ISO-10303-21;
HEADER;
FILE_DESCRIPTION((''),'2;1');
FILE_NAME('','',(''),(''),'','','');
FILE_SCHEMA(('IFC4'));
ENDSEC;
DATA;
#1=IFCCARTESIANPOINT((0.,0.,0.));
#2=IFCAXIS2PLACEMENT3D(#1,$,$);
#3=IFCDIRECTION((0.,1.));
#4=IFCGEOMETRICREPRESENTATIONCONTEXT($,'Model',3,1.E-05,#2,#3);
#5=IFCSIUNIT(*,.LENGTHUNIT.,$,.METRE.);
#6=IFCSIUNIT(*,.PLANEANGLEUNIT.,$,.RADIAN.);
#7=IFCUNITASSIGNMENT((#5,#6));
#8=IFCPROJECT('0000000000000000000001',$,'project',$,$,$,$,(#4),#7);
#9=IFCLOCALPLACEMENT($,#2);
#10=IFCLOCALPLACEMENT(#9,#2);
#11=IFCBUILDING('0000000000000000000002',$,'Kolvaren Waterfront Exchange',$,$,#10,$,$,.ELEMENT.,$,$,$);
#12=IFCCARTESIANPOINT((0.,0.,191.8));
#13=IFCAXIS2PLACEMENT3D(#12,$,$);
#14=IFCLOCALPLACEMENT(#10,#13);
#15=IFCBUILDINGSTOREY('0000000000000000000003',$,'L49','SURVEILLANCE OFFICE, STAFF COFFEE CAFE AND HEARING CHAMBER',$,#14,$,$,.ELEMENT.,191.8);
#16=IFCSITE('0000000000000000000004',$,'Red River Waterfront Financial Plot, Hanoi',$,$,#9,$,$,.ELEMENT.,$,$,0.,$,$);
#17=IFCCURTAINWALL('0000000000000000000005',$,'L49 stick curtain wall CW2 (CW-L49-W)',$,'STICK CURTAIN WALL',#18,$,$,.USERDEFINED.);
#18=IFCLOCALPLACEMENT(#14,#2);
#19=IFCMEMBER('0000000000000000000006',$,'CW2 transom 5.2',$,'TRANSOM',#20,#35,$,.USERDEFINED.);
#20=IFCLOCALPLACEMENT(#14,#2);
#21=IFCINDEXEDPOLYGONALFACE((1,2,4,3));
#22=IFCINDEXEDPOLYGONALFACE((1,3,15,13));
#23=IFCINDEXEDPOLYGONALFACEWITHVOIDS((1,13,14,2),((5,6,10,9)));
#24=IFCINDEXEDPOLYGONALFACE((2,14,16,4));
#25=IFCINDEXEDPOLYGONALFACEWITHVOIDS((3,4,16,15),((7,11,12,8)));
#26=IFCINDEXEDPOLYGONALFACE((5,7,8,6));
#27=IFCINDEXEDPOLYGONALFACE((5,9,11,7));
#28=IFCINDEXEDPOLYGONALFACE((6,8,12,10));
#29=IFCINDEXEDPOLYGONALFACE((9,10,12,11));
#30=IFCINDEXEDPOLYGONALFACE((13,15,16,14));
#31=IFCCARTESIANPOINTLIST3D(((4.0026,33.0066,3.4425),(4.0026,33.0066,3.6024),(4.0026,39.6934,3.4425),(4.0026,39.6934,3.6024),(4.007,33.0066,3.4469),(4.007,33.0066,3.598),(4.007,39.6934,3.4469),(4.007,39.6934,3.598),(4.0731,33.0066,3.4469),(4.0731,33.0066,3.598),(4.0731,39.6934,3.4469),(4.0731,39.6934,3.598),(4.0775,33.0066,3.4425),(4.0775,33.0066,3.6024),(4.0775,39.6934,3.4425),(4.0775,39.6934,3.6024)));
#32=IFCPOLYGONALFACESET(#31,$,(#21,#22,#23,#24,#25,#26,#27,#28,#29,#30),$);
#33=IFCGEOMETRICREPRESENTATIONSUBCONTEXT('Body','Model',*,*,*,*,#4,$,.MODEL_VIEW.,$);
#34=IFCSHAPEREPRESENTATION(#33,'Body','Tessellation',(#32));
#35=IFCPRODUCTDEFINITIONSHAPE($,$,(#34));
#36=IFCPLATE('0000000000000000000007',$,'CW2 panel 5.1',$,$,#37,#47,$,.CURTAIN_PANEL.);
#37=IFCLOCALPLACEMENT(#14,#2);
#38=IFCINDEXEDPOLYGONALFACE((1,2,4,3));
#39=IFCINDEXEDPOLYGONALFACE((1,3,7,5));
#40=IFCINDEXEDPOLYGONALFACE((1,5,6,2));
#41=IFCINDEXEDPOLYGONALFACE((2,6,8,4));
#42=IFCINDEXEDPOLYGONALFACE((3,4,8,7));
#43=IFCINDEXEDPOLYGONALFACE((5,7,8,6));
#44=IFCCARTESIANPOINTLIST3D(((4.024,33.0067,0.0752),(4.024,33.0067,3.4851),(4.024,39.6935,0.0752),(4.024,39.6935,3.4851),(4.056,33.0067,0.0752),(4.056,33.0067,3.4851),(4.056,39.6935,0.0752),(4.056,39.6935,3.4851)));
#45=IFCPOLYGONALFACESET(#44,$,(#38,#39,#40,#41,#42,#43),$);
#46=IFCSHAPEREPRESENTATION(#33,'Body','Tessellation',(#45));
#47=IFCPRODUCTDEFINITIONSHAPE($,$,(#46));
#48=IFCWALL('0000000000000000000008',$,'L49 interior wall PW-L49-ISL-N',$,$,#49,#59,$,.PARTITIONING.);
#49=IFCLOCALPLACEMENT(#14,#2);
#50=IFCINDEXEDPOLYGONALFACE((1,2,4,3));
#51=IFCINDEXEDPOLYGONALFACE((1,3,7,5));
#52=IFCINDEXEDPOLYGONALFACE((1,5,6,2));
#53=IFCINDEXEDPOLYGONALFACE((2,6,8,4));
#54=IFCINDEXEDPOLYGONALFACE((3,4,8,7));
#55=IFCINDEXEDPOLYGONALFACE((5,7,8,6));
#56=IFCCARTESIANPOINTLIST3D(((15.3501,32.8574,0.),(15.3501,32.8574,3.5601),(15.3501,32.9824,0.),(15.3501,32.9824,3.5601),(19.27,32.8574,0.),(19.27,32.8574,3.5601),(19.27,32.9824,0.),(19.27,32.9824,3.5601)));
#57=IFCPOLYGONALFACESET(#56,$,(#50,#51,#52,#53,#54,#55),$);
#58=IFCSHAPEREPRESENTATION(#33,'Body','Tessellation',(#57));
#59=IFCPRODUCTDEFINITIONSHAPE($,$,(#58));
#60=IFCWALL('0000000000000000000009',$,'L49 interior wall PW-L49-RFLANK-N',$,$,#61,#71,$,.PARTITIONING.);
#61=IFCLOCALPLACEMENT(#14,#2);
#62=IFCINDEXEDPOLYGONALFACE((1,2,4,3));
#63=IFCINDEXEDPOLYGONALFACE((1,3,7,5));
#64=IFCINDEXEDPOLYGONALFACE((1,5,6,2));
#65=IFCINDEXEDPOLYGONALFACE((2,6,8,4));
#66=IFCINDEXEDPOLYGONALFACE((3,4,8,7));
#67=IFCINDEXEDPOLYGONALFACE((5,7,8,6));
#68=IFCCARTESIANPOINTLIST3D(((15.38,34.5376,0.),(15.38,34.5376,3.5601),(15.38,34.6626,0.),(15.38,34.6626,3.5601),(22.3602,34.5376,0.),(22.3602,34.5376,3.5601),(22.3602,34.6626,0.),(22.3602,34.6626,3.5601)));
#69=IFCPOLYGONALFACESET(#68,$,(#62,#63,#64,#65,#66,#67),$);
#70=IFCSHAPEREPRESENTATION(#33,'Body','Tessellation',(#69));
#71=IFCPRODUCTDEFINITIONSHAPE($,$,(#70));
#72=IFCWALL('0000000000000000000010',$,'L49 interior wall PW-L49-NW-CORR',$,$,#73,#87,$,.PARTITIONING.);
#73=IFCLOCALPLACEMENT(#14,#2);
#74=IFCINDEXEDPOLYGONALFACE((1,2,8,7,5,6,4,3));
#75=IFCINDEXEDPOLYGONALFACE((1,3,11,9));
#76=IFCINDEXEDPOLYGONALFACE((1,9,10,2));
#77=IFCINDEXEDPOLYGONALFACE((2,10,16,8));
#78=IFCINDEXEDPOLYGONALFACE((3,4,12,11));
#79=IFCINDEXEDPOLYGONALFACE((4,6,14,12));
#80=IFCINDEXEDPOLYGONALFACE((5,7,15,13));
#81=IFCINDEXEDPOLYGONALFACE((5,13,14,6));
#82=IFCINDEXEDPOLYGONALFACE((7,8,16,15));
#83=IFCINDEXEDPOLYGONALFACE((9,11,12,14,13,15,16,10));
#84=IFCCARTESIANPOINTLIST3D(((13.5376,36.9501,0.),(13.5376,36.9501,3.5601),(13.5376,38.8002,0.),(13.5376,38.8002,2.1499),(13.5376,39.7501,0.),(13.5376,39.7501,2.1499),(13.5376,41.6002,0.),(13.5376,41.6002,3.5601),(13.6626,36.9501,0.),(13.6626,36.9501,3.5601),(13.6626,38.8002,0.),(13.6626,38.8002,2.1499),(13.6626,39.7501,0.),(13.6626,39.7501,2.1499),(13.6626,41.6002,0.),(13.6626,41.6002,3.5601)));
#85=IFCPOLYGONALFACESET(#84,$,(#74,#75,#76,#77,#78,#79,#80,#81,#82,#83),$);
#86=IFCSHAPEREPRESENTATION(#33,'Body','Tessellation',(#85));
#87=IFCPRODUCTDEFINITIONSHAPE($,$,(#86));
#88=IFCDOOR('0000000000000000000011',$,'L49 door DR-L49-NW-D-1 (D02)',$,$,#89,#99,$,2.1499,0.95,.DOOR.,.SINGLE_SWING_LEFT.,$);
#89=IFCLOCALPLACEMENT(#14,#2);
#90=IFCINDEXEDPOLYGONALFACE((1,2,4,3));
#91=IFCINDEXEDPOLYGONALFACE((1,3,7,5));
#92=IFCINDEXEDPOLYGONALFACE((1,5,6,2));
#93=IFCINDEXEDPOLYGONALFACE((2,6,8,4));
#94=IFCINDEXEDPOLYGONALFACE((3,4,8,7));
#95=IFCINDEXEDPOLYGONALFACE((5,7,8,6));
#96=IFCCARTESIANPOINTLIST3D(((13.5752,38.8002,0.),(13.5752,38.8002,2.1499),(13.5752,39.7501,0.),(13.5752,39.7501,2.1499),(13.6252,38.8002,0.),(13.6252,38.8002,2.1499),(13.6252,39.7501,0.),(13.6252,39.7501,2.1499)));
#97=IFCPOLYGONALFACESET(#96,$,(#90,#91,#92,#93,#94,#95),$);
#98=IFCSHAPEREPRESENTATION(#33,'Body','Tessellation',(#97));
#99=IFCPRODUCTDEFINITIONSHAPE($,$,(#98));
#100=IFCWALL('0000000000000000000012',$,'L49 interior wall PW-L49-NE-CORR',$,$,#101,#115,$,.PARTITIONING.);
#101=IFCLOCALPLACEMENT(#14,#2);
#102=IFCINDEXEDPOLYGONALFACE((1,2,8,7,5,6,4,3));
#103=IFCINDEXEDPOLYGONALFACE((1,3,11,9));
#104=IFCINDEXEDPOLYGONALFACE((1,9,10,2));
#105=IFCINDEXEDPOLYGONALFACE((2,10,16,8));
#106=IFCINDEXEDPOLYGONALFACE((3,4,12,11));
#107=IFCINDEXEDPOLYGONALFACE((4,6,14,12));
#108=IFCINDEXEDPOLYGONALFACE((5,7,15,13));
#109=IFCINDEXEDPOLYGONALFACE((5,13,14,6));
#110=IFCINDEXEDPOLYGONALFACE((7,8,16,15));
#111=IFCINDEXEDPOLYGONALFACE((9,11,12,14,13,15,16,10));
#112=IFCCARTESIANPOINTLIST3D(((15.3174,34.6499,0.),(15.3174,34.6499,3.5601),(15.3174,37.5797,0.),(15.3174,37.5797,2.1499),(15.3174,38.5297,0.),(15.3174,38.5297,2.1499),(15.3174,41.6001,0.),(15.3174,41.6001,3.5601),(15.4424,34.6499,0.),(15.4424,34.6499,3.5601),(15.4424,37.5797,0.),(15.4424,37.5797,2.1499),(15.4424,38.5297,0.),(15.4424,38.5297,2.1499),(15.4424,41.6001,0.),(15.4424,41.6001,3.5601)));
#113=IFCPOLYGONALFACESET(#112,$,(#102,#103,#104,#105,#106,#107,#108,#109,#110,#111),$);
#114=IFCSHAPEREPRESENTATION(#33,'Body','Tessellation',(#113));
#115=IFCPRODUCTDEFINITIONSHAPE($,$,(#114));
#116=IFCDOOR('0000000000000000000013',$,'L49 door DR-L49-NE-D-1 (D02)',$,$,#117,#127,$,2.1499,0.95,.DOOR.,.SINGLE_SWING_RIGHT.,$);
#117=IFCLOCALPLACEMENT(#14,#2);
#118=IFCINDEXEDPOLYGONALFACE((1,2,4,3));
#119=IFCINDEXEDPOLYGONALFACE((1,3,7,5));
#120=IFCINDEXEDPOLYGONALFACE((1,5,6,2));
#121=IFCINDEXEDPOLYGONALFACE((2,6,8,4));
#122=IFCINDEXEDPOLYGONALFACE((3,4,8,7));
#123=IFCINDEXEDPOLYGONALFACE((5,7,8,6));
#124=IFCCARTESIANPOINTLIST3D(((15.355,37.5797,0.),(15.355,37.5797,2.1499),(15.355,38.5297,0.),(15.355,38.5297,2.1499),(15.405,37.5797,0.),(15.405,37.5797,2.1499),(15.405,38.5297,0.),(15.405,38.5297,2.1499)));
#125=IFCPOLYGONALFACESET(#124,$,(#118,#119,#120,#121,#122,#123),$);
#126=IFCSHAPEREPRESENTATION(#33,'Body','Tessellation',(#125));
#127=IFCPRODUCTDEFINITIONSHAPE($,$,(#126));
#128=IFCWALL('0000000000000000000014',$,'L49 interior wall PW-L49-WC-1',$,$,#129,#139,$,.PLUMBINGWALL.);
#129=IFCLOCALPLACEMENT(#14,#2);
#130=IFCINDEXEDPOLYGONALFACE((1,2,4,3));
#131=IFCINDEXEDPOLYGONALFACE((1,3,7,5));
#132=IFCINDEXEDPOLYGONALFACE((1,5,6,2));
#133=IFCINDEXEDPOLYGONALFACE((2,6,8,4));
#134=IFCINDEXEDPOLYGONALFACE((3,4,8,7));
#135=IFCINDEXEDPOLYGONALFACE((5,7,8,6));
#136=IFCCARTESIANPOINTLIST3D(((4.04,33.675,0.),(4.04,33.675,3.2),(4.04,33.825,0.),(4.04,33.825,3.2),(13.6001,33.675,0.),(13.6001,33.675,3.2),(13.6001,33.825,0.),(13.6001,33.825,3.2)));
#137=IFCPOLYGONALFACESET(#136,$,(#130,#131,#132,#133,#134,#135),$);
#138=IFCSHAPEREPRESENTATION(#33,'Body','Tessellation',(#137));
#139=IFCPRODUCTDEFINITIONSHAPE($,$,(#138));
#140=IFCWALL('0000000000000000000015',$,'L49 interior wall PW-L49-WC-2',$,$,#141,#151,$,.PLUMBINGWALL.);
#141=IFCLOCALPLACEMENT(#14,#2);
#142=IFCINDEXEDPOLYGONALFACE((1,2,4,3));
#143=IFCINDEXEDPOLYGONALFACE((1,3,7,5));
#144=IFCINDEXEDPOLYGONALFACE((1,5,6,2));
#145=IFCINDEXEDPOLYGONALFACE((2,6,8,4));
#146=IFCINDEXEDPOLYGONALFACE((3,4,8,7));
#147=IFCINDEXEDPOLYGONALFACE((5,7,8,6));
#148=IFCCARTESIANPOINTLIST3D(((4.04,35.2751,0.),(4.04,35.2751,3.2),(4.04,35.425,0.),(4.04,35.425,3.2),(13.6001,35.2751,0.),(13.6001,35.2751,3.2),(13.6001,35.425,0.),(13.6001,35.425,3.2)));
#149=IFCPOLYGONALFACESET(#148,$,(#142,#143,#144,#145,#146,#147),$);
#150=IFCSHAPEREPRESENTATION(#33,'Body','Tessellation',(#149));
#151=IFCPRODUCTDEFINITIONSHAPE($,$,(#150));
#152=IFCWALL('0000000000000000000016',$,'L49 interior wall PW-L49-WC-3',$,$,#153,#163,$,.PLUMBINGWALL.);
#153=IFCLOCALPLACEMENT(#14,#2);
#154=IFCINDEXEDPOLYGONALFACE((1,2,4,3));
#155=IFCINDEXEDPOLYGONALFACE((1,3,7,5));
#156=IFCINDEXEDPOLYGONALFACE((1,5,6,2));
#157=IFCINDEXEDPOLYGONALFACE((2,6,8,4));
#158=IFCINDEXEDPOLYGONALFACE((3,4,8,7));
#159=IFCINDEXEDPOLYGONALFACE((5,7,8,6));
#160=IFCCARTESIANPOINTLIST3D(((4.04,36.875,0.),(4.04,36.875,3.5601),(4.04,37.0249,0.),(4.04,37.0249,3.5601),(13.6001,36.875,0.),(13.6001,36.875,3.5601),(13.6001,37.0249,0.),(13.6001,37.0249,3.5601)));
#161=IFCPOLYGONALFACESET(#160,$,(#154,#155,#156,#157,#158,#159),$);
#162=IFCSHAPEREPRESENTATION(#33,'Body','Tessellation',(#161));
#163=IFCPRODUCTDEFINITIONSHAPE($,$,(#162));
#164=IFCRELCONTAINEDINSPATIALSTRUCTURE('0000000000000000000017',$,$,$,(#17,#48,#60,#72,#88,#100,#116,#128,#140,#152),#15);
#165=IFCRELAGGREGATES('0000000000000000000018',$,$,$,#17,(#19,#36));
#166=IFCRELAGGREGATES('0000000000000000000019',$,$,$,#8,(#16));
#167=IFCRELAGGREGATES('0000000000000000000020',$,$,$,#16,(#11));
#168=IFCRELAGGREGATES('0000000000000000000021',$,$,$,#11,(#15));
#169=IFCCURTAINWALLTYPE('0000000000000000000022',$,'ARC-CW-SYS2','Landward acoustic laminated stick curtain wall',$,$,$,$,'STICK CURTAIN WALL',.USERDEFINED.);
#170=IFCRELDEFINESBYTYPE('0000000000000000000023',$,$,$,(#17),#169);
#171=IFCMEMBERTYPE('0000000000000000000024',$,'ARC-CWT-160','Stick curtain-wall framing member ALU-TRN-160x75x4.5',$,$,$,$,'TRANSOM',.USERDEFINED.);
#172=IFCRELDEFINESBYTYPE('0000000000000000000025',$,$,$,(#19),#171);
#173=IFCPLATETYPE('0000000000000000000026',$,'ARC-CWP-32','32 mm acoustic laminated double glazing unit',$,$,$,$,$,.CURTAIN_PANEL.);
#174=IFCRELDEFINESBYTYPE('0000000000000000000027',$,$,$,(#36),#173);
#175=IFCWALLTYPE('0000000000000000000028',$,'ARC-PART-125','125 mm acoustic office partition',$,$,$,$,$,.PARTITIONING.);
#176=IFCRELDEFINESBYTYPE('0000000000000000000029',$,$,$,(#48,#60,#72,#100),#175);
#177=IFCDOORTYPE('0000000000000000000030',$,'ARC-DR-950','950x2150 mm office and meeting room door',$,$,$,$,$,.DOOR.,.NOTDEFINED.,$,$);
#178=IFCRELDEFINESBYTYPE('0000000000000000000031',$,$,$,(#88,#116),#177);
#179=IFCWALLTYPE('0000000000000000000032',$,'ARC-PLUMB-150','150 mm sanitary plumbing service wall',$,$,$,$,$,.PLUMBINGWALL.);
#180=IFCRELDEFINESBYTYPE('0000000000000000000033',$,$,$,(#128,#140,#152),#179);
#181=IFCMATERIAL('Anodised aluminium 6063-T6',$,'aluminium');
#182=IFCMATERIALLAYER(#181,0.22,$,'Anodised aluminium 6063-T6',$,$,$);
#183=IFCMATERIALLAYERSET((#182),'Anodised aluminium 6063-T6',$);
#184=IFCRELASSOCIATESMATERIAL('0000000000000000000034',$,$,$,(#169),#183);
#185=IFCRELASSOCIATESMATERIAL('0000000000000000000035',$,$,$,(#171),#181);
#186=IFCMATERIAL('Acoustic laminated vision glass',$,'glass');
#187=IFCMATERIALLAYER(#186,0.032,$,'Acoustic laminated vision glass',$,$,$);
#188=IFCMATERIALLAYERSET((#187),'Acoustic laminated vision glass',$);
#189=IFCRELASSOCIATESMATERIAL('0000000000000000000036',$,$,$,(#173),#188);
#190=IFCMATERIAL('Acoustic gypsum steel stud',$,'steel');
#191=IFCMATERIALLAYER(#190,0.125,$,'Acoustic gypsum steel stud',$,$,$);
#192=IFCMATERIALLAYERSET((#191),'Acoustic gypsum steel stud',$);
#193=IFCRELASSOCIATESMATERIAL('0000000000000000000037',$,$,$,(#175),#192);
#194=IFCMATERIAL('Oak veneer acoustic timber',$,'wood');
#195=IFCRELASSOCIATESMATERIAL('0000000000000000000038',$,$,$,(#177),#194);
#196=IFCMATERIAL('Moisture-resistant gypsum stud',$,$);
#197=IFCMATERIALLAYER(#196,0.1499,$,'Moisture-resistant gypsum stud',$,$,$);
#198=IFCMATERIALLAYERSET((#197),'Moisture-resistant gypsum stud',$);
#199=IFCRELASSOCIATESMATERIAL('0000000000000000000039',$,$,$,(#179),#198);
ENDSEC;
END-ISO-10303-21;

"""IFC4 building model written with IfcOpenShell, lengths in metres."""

from ifc_helpers import new_model, si_unit, direction, frame, frame_2d, origin, origin_with_axes, origin_2d, place, context, subcontext, project, spatial, rectangle, hollow_rectangle, extrude, source, transform, mapped, material, layer, layer_set, material_profile, profile_set, type_object, element, fill, aggregate, save


model = new_model("IFC4")

# Units and contexts
model_context = context("Model", 3, precision=1e-05, world=origin(), true_north=direction((0.0, 1.0)))
body_context = subcontext(model_context, "Body", "Model", "MODEL_VIEW")
ifc_project = project(units=[si_unit("LENGTHUNIT", "METRE"), si_unit("PLANEANGLEUNIT", "RADIAN")], contexts=[model_context])

# Site, building, storey
site_placement = place(None, origin())
site = spatial("IfcSite", under=ifc_project, at=site_placement, Name="Red River Waterfront Financial Plot, Hanoi", CompositionType="ELEMENT", RefElevation=0.0)
building_placement = place(site_placement, origin())
building = spatial("IfcBuilding", under=site, at=building_placement, Name="Kolvaren Waterfront Exchange", CompositionType="ELEMENT")
storey_placement = place(building_placement, frame((0.0, 0.0, 191.8)))
storey = spatial("IfcBuildingStorey", under=building, at=storey_placement, Name="L49", Description="SURVEILLANCE OFFICE, STAFF COFFEE CAFE AND HEARING CHAMBER", CompositionType="ELEMENT", Elevation=191.8)

# Curtain wall, member, plate
ifc_material_1 = material(Name="Anodised aluminium 6063-T6", Category="aluminium")
ifc_layer_1 = layer(ifc_material_1, 0.22, Name="Anodised aluminium 6063-T6")
ifc_layer_set_1 = layer_set([ifc_layer_1], Name="Anodised aluminium 6063-T6")
curtain_wall_type = type_object("IfcCurtainWallType", Name="ARC-CW-SYS2", Description="Landward acoustic laminated stick curtain wall", ElementType="STICK CURTAIN WALL", PredefinedType="USERDEFINED", material=ifc_layer_set_1)
curtain_wall_placement = place(storey_placement, origin())
curtain_wall = element("IfcCurtainWall", 1, at=curtain_wall_placement, inside=storey, type_object=curtain_wall_type, Name="L49 stick curtain wall CW2 (CW-L49-W)", ObjectType="STICK CURTAIN WALL", PredefinedType="USERDEFINED")
ifc_material_profile_1 = material_profile(ifc_material_1, hollow_rectangle(XDim=0.075, YDim=0.1599, WallThickness=0.0044, at=origin_2d()), Name="ALU-TRN-160x75x4.5")
ifc_profile_set_1 = profile_set([ifc_material_profile_1], Name="Anodised aluminium 6063-T6")
member_type_1 = type_object("IfcMemberType", Name="ARC-CWT-160", Description="Stick curtain-wall framing member ALU-TRN-160x75x4.5", ElementType="TRANSOM", PredefinedType="USERDEFINED", material=ifc_profile_set_1)
shared_shape_1 = source(origin_with_axes(), body_context, "Body", "SweptSolid", [
    extrude(hollow_rectangle(XDim=0.075, YDim=0.1599, WallThickness=0.0044, at=origin_2d()), origin(), (0.0, 0.0, 1.0), 6.6868),
])
member_1_placement = place(storey_placement, frame((4.04, 33.0066, 3.5225), z_axis=(0.0, 1.0, 0.0), x_axis=(-1.0, 0.0, 0.0)))
member_1 = element("IfcMember", 2, at=member_1_placement, type_object=member_type_1, Name="CW2 transom 5.2", ObjectType="TRANSOM", PredefinedType="USERDEFINED", context=body_context, shape_type="MappedRepresentation", body=[
    mapped(shared_shape_1, transform((0.0, 0.0, 0.0), x_axis=(1.0, 0.0, 0.0), y_axis=(0.0, 1.0, 0.0), z_axis=(0.0, 0.0, 1.0), scale=1.0)),
])
ifc_material_2 = material(Name="Acoustic laminated vision glass", Category="glass")
ifc_layer_2 = layer(ifc_material_2, 0.032, Name="Acoustic laminated vision glass")
ifc_layer_set_2 = layer_set([ifc_layer_2], Name="Acoustic laminated vision glass")
plate_type = type_object("IfcPlateType", Name="ARC-CWP-32", Description="32 mm acoustic laminated double glazing unit", PredefinedType="CURTAIN_PANEL", material=ifc_layer_set_2)
shared_shape_2 = source(origin_with_axes(), body_context, "Body", "SweptSolid", [
    extrude(rectangle(XDim=6.6868, YDim=0.032, at=origin_2d()), origin(), (0.0, 0.0, 1.0), 3.4099),
])
plate_placement = place(storey_placement, frame((4.04, 36.3501, 0.0752), z_axis=(0.0, 0.0, 1.0), x_axis=(0.0, 1.0, 0.0)))
plate = element("IfcPlate", 3, at=plate_placement, type_object=plate_type, Name="CW2 panel 5.1", PredefinedType="CURTAIN_PANEL", context=body_context, shape_type="MappedRepresentation", body=[
    mapped(shared_shape_2, transform((0.0, 0.0, 0.0), x_axis=(1.0, 0.0, 0.0), y_axis=(0.0, 1.0, 0.0), z_axis=(0.0, 0.0, 1.0), scale=1.0)),
])
aggregate(curtain_wall, [member_1, plate])

# Walls
ifc_material_3 = material(Name="Acoustic gypsum steel stud", Category="steel")
ifc_layer_3 = layer(ifc_material_3, 0.125, Name="Acoustic gypsum steel stud")
ifc_layer_set_3 = layer_set([ifc_layer_3], Name="Acoustic gypsum steel stud")
wall_type_1 = type_object("IfcWallType", Name="ARC-PART-125", Description="125 mm acoustic office partition", PredefinedType="PARTITIONING", material=ifc_layer_set_3)
wall_1_placement = place(storey_placement, frame((15.3501, 32.9199, 0.0), z_axis=(0.0, 0.0, 1.0), x_axis=(1.0, 0.0, 0.0)))
element("IfcWall", 4, at=wall_1_placement, inside=storey, type_object=wall_type_1, Name="L49 interior wall PW-L49-ISL-N", PredefinedType="PARTITIONING", context=body_context, shape_type="SweptSolid", body=[
    extrude(rectangle(XDim=3.9199, YDim=0.125, at=frame_2d((1.96, 0.0))), origin(), (0.0, 0.0, 1.0), 3.5601),
])
wall_2_placement = place(storey_placement, frame((15.3799, 34.6001, 0.0), z_axis=(0.0, 0.0, 1.0), x_axis=(1.0, 0.0, 0.0)))
element("IfcWall", 5, at=wall_2_placement, inside=storey, type_object=wall_type_1, Name="L49 interior wall PW-L49-RFLANK-N", PredefinedType="PARTITIONING", context=body_context, shape_type="SweptSolid", body=[
    extrude(rectangle(XDim=6.9802, YDim=0.125, at=frame_2d((3.4902, 0.0))), origin(), (0.0, 0.0, 1.0), 3.5601),
])

# Walls, openings, doors
wall_3_placement = place(storey_placement, frame((13.6001, 36.95, 0.0), z_axis=(0.0, 0.0, 1.0), x_axis=(0.0, 1.0, 0.0)))
wall_3 = element("IfcWall", 6, at=wall_3_placement, inside=storey, type_object=wall_type_1, Name="L49 interior wall PW-L49-NW-CORR", PredefinedType="PARTITIONING", context=body_context, shape_type="SweptSolid", body=[
    extrude(rectangle(XDim=4.6501, YDim=0.125, at=frame_2d((2.3252, 0.0))), origin(), (0.0, 0.0, 1.0), 3.5601),
])
opening_1_placement = place(wall_3_placement, frame((1.8501, 0.0, 0.0)))
opening_1 = element("IfcOpeningElement", 7, at=opening_1_placement, cuts=wall_3, PredefinedType="OPENING", context=body_context, shape_type="SweptSolid", body=[
    extrude(rectangle(XDim=0.95, YDim=2.1499, at=frame_2d((0.4751, 1.075))), frame((0.0, 0.0725, 0.0), z_axis=(0.0, -1.0, 0.0), x_axis=(1.0, 0.0, 0.0)), (0.0, 0.0, 1.0), 0.145),
])
ifc_material_4 = material(Name="Oak veneer acoustic timber", Category="wood")
door_type_1 = type_object("IfcDoorType", Name="ARC-DR-950", Description="950x2150 mm office and meeting room door", OperationType="NOTDEFINED", PredefinedType="DOOR", material=ifc_material_4)
door_1_placement = place(opening_1_placement, origin())
door_1 = element("IfcDoor", 8, at=door_1_placement, inside=storey, type_object=door_type_1, Name="L49 door DR-L49-NW-D-1 (D02)", OperationType="SINGLE_SWING_LEFT", OverallHeight=2.1499, OverallWidth=0.95, PredefinedType="DOOR", context=body_context, shape_type="SweptSolid", body=[
    extrude(rectangle(XDim=0.95, YDim=2.1499, at=frame_2d((0.4751, 1.075))), frame((0.0, 0.0249, 0.0), z_axis=(0.0, -1.0, 0.0), x_axis=(1.0, 0.0, 0.0)), (0.0, 0.0, 1.0), 0.05),
])
fill(opening_1, door_1)
wall_4_placement = place(storey_placement, frame((15.3799, 34.6499, 0.0), z_axis=(0.0, 0.0, 1.0), x_axis=(0.0, 1.0, 0.0)))
wall_4 = element("IfcWall", 9, at=wall_4_placement, inside=storey, type_object=wall_type_1, Name="L49 interior wall PW-L49-NE-CORR", PredefinedType="PARTITIONING", context=body_context, shape_type="SweptSolid", body=[
    extrude(rectangle(XDim=6.9502, YDim=0.125, at=frame_2d((3.4751, 0.0))), origin(), (0.0, 0.0, 1.0), 3.5601),
])
opening_2_placement = place(wall_4_placement, frame((2.9297, 0.0, 0.0)))
opening_2 = element("IfcOpeningElement", 10, at=opening_2_placement, cuts=wall_4, PredefinedType="OPENING", context=body_context, shape_type="SweptSolid", body=[
    extrude(rectangle(XDim=0.95, YDim=2.1499, at=frame_2d((0.4751, 1.075))), frame((0.0, 0.0725, 0.0), z_axis=(0.0, -1.0, 0.0), x_axis=(1.0, 0.0, 0.0)), (0.0, 0.0, 1.0), 0.145),
])
door_2_placement = place(opening_2_placement, origin())
door_2 = element("IfcDoor", 11, at=door_2_placement, inside=storey, type_object=door_type_1, Name="L49 door DR-L49-NE-D-1 (D02)", OperationType="SINGLE_SWING_RIGHT", OverallHeight=2.1499, OverallWidth=0.95, PredefinedType="DOOR", context=body_context, shape_type="SweptSolid", body=[
    extrude(rectangle(XDim=0.95, YDim=2.1499, at=frame_2d((0.4751, 1.075))), frame((0.0, 0.0249, 0.0), z_axis=(0.0, -1.0, 0.0), x_axis=(1.0, 0.0, 0.0)), (0.0, 0.0, 1.0), 0.05),
])
fill(opening_2, door_2)

# Shared definitions
ifc_material_5 = material(Name="Moisture-resistant gypsum stud")
ifc_layer_4 = layer(ifc_material_5, 0.1499, Name="Moisture-resistant gypsum stud")
ifc_layer_set_4 = layer_set([ifc_layer_4], Name="Moisture-resistant gypsum stud")
wall_type_2 = type_object("IfcWallType", Name="ARC-PLUMB-150", Description="150 mm sanitary plumbing service wall", PredefinedType="PLUMBINGWALL", material=ifc_layer_set_4)

# Walls
for number, where, z_axis, x_axis, name in (
    (12, (4.04, 33.75, 0.0), (0.0, 0.0, 1.0), (1.0, 0.0, 0.0), "L49 interior wall PW-L49-WC-1"),
    (13, (4.04, 35.3501, 0.0), (0.0, 0.0, 1.0), (1.0, 0.0, 0.0), "L49 interior wall PW-L49-WC-2"),
):
    element("IfcWall", number, at=place(storey_placement, frame(where, z_axis=z_axis, x_axis=x_axis)), inside=storey, type_object=wall_type_2, Name=name, PredefinedType="PLUMBINGWALL", context=body_context, shape_type="SweptSolid", body=[
        extrude(rectangle(XDim=9.5601, YDim=0.1499, at=frame_2d((4.78, 0.0))), origin(), (0.0, 0.0, 1.0), 3.2),
    ])
wall_5_placement = place(storey_placement, frame((4.04, 36.95, 0.0), z_axis=(0.0, 0.0, 1.0), x_axis=(1.0, 0.0, 0.0)))
element("IfcWall", 14, at=wall_5_placement, inside=storey, type_object=wall_type_2, Name="L49 interior wall PW-L49-WC-3", PredefinedType="PLUMBINGWALL", context=body_context, shape_type="SweptSolid", body=[
    extrude(rectangle(XDim=9.5601, YDim=0.1499, at=frame_2d((4.78, 0.0))), origin(), (0.0, 0.0, 1.0), 3.5601),
])

save(model, "model.ifc")
